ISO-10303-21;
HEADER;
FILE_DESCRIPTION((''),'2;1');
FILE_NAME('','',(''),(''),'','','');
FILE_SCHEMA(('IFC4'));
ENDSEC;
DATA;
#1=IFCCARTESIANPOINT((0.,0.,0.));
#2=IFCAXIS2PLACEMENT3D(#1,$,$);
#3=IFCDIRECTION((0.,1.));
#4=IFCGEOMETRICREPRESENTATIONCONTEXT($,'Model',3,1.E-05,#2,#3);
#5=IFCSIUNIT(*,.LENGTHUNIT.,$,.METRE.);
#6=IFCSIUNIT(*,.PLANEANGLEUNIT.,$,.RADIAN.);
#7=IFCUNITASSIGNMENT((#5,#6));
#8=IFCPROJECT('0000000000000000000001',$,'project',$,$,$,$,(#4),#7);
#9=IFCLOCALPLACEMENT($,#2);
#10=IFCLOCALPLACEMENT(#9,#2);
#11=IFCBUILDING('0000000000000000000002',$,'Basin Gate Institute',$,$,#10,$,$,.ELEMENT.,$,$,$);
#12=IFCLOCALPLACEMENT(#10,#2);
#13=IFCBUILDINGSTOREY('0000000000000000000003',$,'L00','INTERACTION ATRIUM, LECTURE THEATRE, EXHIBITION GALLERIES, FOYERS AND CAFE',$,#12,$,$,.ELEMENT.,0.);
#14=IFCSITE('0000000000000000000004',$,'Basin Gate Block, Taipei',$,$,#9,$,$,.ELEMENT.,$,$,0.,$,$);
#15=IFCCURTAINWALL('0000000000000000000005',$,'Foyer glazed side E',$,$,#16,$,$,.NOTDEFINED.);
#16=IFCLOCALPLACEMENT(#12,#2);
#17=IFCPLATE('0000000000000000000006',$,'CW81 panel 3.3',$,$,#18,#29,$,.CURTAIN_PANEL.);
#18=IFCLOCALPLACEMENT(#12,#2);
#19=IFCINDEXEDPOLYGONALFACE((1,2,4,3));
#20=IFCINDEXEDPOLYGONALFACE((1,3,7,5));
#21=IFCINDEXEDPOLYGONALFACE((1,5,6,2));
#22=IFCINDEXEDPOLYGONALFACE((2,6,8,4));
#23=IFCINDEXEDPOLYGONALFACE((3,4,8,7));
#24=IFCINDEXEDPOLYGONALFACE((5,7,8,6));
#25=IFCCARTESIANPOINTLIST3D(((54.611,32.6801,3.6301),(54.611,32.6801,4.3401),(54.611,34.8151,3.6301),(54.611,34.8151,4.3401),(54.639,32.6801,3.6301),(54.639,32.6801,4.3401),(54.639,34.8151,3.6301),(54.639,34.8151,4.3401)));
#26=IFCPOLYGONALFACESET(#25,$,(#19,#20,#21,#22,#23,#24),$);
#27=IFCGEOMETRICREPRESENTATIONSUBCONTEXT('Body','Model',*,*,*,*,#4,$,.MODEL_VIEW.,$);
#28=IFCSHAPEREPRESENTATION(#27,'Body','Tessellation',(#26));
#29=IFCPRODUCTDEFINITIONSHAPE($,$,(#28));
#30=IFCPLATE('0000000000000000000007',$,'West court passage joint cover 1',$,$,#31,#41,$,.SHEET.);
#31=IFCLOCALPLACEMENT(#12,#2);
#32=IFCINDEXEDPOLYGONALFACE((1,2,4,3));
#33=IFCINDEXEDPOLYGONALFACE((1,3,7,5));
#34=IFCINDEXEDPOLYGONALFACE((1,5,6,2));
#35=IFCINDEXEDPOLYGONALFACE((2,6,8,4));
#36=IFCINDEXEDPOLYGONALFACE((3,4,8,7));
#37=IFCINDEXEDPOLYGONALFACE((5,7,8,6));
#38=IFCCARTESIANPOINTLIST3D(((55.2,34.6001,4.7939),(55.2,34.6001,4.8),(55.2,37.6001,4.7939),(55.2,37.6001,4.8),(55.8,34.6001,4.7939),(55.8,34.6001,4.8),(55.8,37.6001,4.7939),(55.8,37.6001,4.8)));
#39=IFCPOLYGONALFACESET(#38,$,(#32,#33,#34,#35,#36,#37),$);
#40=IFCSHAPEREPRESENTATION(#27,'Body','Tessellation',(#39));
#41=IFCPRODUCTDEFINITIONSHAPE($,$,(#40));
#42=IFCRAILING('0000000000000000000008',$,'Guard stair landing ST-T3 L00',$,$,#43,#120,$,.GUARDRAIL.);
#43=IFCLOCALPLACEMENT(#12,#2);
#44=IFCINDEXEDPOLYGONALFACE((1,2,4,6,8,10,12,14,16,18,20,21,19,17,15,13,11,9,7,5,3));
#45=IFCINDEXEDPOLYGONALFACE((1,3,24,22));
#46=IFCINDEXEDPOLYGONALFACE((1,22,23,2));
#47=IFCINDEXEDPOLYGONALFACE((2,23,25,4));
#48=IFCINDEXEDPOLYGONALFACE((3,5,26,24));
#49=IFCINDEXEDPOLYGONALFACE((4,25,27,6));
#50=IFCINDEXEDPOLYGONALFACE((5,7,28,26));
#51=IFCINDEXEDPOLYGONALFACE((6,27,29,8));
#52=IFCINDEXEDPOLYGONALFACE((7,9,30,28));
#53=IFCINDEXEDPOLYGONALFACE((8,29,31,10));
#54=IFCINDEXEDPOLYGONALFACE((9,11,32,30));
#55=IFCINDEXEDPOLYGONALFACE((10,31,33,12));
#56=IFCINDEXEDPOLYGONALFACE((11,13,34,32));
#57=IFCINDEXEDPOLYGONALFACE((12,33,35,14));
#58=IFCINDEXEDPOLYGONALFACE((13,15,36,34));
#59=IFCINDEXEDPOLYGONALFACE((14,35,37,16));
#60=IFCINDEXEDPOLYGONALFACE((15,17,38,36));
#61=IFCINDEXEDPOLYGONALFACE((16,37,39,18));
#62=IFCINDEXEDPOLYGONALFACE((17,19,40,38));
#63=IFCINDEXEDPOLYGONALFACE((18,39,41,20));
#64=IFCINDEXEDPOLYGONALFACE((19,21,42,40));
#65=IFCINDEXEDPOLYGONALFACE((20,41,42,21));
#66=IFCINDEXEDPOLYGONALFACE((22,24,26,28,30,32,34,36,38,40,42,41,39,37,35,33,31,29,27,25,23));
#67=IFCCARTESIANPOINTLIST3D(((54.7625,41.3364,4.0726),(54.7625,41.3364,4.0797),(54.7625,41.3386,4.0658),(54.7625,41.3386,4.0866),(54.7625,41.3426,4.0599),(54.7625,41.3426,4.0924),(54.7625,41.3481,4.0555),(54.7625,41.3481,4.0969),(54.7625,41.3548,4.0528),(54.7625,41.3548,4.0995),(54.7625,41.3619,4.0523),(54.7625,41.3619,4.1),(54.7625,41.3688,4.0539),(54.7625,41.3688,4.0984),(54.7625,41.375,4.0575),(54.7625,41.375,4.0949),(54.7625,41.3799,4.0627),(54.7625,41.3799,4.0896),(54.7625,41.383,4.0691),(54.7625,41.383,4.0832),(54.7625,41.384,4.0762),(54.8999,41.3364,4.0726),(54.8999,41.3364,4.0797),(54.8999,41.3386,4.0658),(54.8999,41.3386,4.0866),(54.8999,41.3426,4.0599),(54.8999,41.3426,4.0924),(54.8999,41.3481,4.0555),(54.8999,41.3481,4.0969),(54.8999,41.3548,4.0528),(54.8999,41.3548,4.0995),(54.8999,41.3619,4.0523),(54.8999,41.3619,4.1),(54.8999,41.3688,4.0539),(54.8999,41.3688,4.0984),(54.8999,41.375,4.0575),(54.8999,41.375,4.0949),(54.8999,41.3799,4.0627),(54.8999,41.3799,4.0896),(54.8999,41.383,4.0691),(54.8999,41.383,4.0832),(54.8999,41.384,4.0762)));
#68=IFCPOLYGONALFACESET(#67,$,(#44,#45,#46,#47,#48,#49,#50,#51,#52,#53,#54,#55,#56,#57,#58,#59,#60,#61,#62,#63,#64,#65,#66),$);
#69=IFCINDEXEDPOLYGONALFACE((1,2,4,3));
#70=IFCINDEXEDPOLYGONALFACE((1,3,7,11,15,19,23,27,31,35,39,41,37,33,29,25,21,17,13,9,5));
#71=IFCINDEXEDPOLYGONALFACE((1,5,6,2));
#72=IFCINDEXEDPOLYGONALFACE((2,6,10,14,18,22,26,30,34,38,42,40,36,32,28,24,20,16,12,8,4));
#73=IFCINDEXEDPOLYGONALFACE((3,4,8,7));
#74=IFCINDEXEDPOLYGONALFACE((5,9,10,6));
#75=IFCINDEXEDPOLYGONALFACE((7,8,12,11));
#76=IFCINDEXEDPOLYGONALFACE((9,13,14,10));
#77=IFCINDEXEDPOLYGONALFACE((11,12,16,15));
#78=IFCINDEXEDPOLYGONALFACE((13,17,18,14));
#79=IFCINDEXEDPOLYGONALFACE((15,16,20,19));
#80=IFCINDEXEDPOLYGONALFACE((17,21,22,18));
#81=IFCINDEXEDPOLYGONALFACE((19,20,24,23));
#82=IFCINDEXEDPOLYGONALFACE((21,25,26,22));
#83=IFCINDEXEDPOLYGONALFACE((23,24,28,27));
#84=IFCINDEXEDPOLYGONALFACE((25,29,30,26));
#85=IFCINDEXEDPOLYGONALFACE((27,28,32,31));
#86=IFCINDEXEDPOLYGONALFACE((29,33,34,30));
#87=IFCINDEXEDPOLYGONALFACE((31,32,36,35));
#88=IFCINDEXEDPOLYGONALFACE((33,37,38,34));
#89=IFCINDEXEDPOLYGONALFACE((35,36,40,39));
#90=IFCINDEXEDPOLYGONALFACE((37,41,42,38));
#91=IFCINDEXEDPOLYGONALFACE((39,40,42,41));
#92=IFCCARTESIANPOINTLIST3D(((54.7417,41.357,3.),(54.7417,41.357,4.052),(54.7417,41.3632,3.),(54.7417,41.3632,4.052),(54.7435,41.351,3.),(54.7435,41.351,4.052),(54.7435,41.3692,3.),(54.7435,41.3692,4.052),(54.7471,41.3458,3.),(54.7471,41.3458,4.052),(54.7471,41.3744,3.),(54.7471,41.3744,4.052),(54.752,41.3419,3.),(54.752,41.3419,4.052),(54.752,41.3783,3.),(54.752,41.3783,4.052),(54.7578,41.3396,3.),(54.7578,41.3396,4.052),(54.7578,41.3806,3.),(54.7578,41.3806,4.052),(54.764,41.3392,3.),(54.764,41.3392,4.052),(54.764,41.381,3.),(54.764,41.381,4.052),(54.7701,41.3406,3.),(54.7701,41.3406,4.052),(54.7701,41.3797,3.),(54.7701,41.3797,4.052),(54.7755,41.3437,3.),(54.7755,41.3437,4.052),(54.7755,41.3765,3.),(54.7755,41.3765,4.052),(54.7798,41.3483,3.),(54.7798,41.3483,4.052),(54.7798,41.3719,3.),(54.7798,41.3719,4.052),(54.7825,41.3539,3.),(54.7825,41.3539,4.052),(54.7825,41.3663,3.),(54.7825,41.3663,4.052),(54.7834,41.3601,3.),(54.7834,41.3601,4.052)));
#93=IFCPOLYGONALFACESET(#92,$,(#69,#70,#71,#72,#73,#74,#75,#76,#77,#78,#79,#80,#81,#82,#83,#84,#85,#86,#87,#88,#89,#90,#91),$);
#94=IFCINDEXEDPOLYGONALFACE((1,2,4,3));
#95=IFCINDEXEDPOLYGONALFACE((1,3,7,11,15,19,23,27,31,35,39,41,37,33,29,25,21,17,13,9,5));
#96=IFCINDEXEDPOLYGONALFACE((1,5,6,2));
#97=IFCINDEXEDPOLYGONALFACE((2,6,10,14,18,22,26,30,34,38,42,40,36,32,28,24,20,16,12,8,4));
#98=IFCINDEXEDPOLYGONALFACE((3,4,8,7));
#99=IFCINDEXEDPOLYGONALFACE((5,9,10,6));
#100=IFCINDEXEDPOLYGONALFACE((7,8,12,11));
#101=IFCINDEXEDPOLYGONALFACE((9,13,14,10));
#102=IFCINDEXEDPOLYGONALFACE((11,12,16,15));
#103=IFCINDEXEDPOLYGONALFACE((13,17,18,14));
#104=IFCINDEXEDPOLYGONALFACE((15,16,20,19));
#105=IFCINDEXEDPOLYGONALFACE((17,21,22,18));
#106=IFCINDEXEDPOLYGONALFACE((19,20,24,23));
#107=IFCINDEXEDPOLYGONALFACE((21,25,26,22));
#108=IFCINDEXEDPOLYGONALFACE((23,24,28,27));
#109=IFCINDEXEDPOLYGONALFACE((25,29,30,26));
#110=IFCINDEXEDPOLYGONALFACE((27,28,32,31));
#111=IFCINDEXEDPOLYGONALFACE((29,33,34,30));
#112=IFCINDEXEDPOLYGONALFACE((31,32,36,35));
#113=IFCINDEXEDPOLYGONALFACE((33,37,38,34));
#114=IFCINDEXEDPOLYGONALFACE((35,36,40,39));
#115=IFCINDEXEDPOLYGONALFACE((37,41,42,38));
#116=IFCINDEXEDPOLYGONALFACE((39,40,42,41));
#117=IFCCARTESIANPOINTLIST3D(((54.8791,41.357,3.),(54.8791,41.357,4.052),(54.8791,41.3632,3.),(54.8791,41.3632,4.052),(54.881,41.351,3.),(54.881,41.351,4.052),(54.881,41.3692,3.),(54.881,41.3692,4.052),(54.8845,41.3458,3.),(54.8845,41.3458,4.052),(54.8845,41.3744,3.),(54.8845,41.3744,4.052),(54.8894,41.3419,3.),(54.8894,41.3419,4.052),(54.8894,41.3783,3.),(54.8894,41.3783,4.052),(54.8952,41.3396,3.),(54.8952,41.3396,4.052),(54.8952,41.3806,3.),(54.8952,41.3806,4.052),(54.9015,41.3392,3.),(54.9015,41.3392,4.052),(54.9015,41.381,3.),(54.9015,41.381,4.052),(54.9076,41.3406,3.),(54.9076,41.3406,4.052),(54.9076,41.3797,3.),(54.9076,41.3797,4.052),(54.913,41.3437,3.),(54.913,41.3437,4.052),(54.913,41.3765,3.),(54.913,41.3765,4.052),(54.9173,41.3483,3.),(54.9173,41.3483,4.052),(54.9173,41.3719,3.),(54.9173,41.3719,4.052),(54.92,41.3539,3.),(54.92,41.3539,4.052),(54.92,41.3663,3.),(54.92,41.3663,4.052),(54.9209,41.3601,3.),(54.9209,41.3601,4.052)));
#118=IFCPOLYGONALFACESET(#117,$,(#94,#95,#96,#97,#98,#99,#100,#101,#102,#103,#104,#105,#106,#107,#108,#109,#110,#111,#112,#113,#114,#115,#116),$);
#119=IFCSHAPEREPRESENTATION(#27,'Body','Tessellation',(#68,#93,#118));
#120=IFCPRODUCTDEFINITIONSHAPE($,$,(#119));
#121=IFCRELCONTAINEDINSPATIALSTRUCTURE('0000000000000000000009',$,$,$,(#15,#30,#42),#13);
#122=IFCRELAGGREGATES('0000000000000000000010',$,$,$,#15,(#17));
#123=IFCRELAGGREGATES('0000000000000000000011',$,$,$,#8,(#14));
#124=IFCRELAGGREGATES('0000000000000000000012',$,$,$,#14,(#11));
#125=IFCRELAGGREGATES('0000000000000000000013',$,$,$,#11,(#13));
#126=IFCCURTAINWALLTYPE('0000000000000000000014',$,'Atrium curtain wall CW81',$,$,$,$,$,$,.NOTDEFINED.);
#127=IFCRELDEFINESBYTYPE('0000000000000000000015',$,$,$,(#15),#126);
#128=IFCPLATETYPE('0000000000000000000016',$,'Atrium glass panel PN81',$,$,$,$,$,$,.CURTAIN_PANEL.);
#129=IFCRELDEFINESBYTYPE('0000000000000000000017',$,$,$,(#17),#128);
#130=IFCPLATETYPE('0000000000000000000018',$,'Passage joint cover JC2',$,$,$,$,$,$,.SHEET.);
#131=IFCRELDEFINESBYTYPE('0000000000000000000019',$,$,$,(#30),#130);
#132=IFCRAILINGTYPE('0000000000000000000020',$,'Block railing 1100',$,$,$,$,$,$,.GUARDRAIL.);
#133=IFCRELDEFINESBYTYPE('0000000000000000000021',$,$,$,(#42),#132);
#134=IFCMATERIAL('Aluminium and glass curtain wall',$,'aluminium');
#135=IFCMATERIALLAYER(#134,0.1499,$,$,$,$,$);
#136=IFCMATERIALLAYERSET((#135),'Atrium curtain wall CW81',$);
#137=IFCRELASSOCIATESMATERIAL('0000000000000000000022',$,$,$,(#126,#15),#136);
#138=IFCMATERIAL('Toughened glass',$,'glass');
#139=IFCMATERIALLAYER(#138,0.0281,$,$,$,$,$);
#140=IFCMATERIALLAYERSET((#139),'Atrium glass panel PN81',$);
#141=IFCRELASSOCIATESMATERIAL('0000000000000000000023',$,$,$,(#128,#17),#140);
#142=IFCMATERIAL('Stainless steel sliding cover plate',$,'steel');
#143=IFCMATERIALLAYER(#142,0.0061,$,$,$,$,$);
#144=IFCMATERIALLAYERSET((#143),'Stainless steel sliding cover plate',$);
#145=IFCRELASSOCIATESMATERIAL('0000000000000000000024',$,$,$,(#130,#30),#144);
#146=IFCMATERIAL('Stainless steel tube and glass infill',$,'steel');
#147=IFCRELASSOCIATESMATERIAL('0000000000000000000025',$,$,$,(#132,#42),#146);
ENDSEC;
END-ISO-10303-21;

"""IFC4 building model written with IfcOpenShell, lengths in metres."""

from ifc_helpers import new_model, si_unit, direction, frame, origin, origin_2d, place, context, subcontext, project, spatial, rectangle, circle, extrude, material, layer, layer_set, type_object, element, aggregate, save


model = new_model("IFC4")

# Units and contexts
model_context = context("Model", 3, precision=1e-05, world=origin(), true_north=direction((0.0, 1.0)))
body_context = subcontext(model_context, "Body", "Model", "MODEL_VIEW")
ifc_project = project(units=[si_unit("LENGTHUNIT", "METRE"), si_unit("PLANEANGLEUNIT", "RADIAN")], contexts=[model_context])

# Site, building, storey
site_placement = place(None, origin())
site = spatial("IfcSite", under=ifc_project, at=site_placement, Name="Basin Gate Block, Taipei", CompositionType="ELEMENT", RefElevation=0.0)
building_placement = place(site_placement, origin())
building = spatial("IfcBuilding", under=site, at=building_placement, Name="Basin Gate Institute", CompositionType="ELEMENT")
storey_placement = place(building_placement, origin())
storey = spatial("IfcBuildingStorey", under=building, at=storey_placement, Name="L00", Description="INTERACTION ATRIUM, LECTURE THEATRE, EXHIBITION GALLERIES, FOYERS AND CAFE", CompositionType="ELEMENT", Elevation=0.0)

# Curtain wall
ifc_material_1 = material(Name="Aluminium and glass curtain wall", Category="aluminium")
ifc_layer_1 = layer(ifc_material_1, 0.1499)
ifc_layer_set_1 = layer_set([ifc_layer_1], Name="Atrium curtain wall CW81")
curtain_wall_type = type_object("IfcCurtainWallType", Name="Atrium curtain wall CW81", PredefinedType="NOTDEFINED", material=ifc_layer_set_1)
curtain_wall_placement = place(storey_placement, origin())
curtain_wall = element("IfcCurtainWall", 1, at=curtain_wall_placement, inside=storey, type_object=curtain_wall_type, material=ifc_layer_set_1, Name="Foyer glazed side E", PredefinedType="NOTDEFINED")

# Plates
ifc_material_2 = material(Name="Toughened glass", Category="glass")
ifc_layer_2 = layer(ifc_material_2, 0.0281)
ifc_layer_set_2 = layer_set([ifc_layer_2], Name="Atrium glass panel PN81")
plate_type_1 = type_object("IfcPlateType", Name="Atrium glass panel PN81", PredefinedType="CURTAIN_PANEL", material=ifc_layer_set_2)
plate_1_placement = place(storey_placement, frame((54.625, 33.7476, 3.6301), z_axis=(0.0, 0.0, 1.0), x_axis=(0.0, 1.0, 0.0)))
plate_1 = element("IfcPlate", 2, at=plate_1_placement, type_object=plate_type_1, material=ifc_layer_set_2, Name="CW81 panel 3.3", PredefinedType="CURTAIN_PANEL", context=body_context, shape_type="SweptSolid", body=[
    extrude(rectangle(XDim=2.135, YDim=0.0281, at=origin_2d()), origin(), (0.0, 0.0, 1.0), 0.71),
])
aggregate(curtain_wall, [plate_1])
ifc_material_3 = material(Name="Stainless steel sliding cover plate", Category="steel")
ifc_layer_3 = layer(ifc_material_3, 0.0061)
ifc_layer_set_3 = layer_set([ifc_layer_3], Name="Stainless steel sliding cover plate")
plate_type_2 = type_object("IfcPlateType", Name="Passage joint cover JC2", PredefinedType="SHEET", material=ifc_layer_set_3)
plate_2_placement = place(storey_placement, frame((55.5, 36.1001, 4.7939), z_axis=(0.0, 0.0, 1.0), x_axis=(1.0, 0.0, 0.0)))
element("IfcPlate", 3, at=plate_2_placement, inside=storey, type_object=plate_type_2, material=ifc_layer_set_3, Name="West court passage joint cover 1", PredefinedType="SHEET", context=body_context, shape_type="SweptSolid", body=[
    extrude(rectangle(XDim=0.6001, YDim=3.0, at=origin_2d()), origin(), (0.0, 0.0, 1.0), 0.0061),
])

# Railing
ifc_material_4 = material(Name="Stainless steel tube and glass infill", Category="steel")
railing_type_1 = type_object("IfcRailingType", Name="Block railing 1100", PredefinedType="GUARDRAIL", material=ifc_material_4)
railing_1_placement = place(storey_placement, frame((54.7625, 41.3601, 3.0)))
element("IfcRailing", 4, at=railing_1_placement, inside=storey, type_object=railing_type_1, material=ifc_material_4, Name="Guard stair landing ST-T3 L00", PredefinedType="GUARDRAIL", context=body_context, shape_type="SweptSolid", body=[
    extrude(circle(Radius=0.0239, at=origin_2d()), frame((0.0, 0.0, 1.0762), z_axis=(1.0, 0.0, 0.0), x_axis=(0.0, 1.0, 0.0)), (0.0, 0.0, 1.0), 0.1375),
    extrude(circle(Radius=0.021, at=origin_2d()), origin(), (0.0, 0.0, 1.0), 1.052),
    extrude(circle(Radius=0.021, at=origin_2d()), frame((0.1375, 0.0, 0.0)), (0.0, 0.0, 1.0), 1.052),
])

save(model, "model.ifc")
